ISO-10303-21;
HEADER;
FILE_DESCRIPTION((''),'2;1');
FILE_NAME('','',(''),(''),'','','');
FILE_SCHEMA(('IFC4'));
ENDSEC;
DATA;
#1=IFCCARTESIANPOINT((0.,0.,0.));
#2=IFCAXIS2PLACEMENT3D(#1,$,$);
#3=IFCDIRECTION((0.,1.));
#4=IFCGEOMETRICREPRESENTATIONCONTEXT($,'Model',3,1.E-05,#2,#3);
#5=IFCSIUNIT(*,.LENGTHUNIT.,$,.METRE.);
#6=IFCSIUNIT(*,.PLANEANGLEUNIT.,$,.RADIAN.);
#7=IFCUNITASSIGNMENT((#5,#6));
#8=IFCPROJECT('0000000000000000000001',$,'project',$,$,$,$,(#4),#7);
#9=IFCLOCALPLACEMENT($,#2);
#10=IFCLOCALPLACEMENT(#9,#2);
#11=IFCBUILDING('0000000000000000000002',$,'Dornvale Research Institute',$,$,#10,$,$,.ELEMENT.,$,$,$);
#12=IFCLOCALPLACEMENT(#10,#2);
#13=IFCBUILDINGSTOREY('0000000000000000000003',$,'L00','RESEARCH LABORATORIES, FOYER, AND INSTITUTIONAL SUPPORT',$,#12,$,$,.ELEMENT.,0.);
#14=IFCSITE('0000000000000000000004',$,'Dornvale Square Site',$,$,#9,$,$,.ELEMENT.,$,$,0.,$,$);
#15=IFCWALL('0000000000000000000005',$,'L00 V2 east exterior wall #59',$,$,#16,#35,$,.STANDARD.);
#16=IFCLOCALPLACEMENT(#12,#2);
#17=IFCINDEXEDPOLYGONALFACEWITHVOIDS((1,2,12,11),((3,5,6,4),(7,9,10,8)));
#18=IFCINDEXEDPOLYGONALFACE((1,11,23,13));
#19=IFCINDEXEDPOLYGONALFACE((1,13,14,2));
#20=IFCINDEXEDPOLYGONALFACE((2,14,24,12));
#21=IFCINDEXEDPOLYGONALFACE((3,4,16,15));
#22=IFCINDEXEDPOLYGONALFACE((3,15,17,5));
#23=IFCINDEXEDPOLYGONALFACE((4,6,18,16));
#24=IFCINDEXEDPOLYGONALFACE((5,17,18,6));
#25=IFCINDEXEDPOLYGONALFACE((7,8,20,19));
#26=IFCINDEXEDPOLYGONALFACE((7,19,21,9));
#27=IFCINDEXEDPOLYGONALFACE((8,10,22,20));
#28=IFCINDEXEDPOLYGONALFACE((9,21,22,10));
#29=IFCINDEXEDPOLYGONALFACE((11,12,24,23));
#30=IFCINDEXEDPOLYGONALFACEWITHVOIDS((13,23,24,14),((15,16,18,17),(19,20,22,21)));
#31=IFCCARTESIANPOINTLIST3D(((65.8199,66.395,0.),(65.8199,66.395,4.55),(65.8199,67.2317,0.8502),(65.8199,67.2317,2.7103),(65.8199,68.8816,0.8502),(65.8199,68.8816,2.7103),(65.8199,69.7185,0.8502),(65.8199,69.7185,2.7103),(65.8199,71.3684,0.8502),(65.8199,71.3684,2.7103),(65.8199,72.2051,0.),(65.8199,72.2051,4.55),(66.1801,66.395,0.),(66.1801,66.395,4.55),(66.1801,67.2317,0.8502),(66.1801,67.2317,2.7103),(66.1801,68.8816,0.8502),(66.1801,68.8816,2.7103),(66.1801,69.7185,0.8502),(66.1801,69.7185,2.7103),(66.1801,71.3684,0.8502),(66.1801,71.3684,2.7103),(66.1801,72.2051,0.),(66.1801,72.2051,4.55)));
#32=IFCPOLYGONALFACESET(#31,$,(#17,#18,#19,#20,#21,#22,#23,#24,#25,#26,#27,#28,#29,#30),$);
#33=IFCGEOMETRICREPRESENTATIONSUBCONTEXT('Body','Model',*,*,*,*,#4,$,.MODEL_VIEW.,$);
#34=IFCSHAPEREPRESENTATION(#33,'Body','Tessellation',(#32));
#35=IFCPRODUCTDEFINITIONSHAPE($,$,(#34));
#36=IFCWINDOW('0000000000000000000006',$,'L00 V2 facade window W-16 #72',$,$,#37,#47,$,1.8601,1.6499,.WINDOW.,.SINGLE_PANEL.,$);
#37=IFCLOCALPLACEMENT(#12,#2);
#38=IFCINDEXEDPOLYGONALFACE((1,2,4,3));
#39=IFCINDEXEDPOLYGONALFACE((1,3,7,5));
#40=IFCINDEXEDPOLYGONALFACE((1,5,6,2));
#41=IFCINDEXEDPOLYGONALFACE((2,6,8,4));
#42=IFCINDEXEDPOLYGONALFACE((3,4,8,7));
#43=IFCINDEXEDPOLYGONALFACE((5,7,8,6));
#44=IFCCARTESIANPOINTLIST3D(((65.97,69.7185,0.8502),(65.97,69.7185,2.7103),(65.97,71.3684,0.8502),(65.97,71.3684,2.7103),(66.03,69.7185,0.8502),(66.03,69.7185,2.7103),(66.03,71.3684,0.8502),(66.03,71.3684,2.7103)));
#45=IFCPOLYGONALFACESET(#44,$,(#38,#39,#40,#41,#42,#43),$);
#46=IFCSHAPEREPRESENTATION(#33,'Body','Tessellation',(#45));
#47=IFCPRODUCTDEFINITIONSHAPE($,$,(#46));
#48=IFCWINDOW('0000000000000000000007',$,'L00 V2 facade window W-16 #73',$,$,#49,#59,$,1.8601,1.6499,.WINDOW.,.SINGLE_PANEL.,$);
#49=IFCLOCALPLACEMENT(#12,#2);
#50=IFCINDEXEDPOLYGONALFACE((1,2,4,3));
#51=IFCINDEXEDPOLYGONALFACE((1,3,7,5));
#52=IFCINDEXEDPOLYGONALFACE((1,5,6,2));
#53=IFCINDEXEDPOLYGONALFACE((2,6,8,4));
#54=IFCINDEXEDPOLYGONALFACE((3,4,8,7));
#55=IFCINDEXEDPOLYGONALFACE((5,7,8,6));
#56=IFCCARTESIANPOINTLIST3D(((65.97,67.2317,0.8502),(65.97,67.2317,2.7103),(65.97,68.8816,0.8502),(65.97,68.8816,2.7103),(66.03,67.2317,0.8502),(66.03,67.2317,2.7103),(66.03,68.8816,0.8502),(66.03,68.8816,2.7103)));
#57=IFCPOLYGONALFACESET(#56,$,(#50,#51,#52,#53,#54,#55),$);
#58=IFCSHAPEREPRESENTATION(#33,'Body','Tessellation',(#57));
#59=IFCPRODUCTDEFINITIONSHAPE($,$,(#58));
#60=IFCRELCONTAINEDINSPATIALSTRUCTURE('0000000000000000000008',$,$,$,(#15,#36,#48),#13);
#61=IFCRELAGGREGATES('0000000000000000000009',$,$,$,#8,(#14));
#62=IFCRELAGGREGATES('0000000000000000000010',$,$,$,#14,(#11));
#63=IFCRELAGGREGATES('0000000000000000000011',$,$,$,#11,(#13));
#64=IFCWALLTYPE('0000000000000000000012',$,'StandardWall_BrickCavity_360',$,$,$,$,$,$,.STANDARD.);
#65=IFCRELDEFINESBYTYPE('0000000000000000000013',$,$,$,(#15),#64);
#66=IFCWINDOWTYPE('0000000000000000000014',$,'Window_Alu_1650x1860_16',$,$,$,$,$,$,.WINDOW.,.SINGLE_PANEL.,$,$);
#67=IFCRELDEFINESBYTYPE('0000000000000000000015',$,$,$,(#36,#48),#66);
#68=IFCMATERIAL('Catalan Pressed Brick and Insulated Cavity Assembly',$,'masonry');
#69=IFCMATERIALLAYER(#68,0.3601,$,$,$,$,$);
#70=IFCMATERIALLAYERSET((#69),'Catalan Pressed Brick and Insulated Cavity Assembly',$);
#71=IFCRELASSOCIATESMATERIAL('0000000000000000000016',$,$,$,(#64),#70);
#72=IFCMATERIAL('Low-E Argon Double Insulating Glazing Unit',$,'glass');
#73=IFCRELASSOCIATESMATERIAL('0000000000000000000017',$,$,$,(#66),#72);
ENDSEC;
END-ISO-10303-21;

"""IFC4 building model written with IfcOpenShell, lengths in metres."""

from ifc_helpers import new_model, si_unit, direction, frame, frame_2d, origin, place, context, subcontext, project, spatial, rectangle, extrude, material, layer, layer_set, type_object, element, fill, save


model = new_model("IFC4")

# Units and contexts
model_context = context("Model", 3, precision=1e-05, world=origin(), true_north=direction((0.0, 1.0)))
body_context = subcontext(model_context, "Body", "Model", "MODEL_VIEW")
ifc_project = project(units=[si_unit("LENGTHUNIT", "METRE"), si_unit("PLANEANGLEUNIT", "RADIAN")], contexts=[model_context])

# Site, building, storey
site_placement = place(None, origin())
site = spatial("IfcSite", under=ifc_project, at=site_placement, Name="Dornvale Square Site", CompositionType="ELEMENT", RefElevation=0.0)
building_placement = place(site_placement, origin())
building = spatial("IfcBuilding", under=site, at=building_placement, Name="Dornvale Research Institute", CompositionType="ELEMENT")
storey_placement = place(building_placement, origin())
storey = spatial("IfcBuildingStorey", under=building, at=storey_placement, Name="L00", Description="RESEARCH LABORATORIES, FOYER, AND INSTITUTIONAL SUPPORT", CompositionType="ELEMENT", Elevation=0.0)

# Wall, openings, windows
ifc_material_1 = material(Name="Catalan Pressed Brick and Insulated Cavity Assembly", Category="masonry")
ifc_layer_1 = layer(ifc_material_1, 0.3601)
ifc_layer_set_1 = layer_set([ifc_layer_1], Name="Catalan Pressed Brick and Insulated Cavity Assembly")
wall_type_1 = type_object("IfcWallType", Name="StandardWall_BrickCavity_360", PredefinedType="STANDARD", material=ifc_layer_set_1)
wall_1_placement = place(storey_placement, frame((66.0, 72.2051, 0.0), z_axis=(0.0, 0.0, 1.0), x_axis=(0.0, -1.0, 0.0)))
wall_1 = element("IfcWall", 1, at=wall_1_placement, inside=storey, type_object=wall_type_1, Name="L00 V2 east exterior wall #59", PredefinedType="STANDARD", context=body_context, shape_type="SweptSolid", body=[
    extrude(rectangle(XDim=5.8101, YDim=0.3601, at=frame_2d((2.905, 0.0))), origin(), (0.0, 0.0, 1.0), 4.55),
])
opening_1_placement = place(wall_1_placement, frame((0.8367, 0.0, 0.8501)))
opening_1 = element("IfcOpeningElement", 2, at=opening_1_placement, cuts=wall_1, PredefinedType="OPENING", context=body_context, shape_type="SweptSolid", body=[
    extrude(rectangle(XDim=1.6499, YDim=1.8601, at=frame_2d((0.825, 0.9302))), frame((0.0, 0.1951, 0.0), z_axis=(0.0, -1.0, 0.0), x_axis=(1.0, 0.0, 0.0)), (0.0, 0.0, 1.0), 0.3901),
])
opening_2_placement = place(wall_1_placement, frame((3.3235, 0.0, 0.8501)))
opening_2 = element("IfcOpeningElement", 3, at=opening_2_placement, cuts=wall_1, PredefinedType="OPENING", context=body_context, shape_type="SweptSolid", body=[
    extrude(rectangle(XDim=1.6499, YDim=1.8601, at=frame_2d((0.825, 0.9302))), frame((0.0, 0.1951, 0.0), z_axis=(0.0, -1.0, 0.0), x_axis=(1.0, 0.0, 0.0)), (0.0, 0.0, 1.0), 0.3901),
])
ifc_material_2 = material(Name="Low-E Argon Double Insulating Glazing Unit", Category="glass")
window_type = type_object("IfcWindowType", Name="Window_Alu_1650x1860_16", PartitioningType="SINGLE_PANEL", PredefinedType="WINDOW", material=ifc_material_2)
window_1_placement = place(opening_1_placement, origin())
window_1 = element("IfcWindow", 4, at=window_1_placement, inside=storey, type_object=window_type, Name="L00 V2 facade window W-16 #72", OverallHeight=1.8601, OverallWidth=1.6499, PartitioningType="SINGLE_PANEL", PredefinedType="WINDOW", context=body_context, shape_type="SweptSolid", body=[
    extrude(rectangle(XDim=1.6499, YDim=1.8601, at=frame_2d((0.825, 0.9302))), frame((0.0, 0.03, 0.0), z_axis=(0.0, -1.0, 0.0), x_axis=(1.0, 0.0, 0.0)), (0.0, 0.0, 1.0), 0.0601),
])
fill(opening_1, window_1)
window_2_placement = place(opening_2_placement, origin())
window_2 = element("IfcWindow", 5, at=window_2_placement, inside=storey, type_object=window_type, Name="L00 V2 facade window W-16 #73", OverallHeight=1.8601, OverallWidth=1.6499, PartitioningType="SINGLE_PANEL", PredefinedType="WINDOW", context=body_context, shape_type="SweptSolid", body=[
    extrude(rectangle(XDim=1.6499, YDim=1.8601, at=frame_2d((0.825, 0.9302))), frame((0.0, 0.03, 0.0), z_axis=(0.0, -1.0, 0.0), x_axis=(1.0, 0.0, 0.0)), (0.0, 0.0, 1.0), 0.0601),
])
fill(opening_2, window_2)

save(model, "model.ifc")
